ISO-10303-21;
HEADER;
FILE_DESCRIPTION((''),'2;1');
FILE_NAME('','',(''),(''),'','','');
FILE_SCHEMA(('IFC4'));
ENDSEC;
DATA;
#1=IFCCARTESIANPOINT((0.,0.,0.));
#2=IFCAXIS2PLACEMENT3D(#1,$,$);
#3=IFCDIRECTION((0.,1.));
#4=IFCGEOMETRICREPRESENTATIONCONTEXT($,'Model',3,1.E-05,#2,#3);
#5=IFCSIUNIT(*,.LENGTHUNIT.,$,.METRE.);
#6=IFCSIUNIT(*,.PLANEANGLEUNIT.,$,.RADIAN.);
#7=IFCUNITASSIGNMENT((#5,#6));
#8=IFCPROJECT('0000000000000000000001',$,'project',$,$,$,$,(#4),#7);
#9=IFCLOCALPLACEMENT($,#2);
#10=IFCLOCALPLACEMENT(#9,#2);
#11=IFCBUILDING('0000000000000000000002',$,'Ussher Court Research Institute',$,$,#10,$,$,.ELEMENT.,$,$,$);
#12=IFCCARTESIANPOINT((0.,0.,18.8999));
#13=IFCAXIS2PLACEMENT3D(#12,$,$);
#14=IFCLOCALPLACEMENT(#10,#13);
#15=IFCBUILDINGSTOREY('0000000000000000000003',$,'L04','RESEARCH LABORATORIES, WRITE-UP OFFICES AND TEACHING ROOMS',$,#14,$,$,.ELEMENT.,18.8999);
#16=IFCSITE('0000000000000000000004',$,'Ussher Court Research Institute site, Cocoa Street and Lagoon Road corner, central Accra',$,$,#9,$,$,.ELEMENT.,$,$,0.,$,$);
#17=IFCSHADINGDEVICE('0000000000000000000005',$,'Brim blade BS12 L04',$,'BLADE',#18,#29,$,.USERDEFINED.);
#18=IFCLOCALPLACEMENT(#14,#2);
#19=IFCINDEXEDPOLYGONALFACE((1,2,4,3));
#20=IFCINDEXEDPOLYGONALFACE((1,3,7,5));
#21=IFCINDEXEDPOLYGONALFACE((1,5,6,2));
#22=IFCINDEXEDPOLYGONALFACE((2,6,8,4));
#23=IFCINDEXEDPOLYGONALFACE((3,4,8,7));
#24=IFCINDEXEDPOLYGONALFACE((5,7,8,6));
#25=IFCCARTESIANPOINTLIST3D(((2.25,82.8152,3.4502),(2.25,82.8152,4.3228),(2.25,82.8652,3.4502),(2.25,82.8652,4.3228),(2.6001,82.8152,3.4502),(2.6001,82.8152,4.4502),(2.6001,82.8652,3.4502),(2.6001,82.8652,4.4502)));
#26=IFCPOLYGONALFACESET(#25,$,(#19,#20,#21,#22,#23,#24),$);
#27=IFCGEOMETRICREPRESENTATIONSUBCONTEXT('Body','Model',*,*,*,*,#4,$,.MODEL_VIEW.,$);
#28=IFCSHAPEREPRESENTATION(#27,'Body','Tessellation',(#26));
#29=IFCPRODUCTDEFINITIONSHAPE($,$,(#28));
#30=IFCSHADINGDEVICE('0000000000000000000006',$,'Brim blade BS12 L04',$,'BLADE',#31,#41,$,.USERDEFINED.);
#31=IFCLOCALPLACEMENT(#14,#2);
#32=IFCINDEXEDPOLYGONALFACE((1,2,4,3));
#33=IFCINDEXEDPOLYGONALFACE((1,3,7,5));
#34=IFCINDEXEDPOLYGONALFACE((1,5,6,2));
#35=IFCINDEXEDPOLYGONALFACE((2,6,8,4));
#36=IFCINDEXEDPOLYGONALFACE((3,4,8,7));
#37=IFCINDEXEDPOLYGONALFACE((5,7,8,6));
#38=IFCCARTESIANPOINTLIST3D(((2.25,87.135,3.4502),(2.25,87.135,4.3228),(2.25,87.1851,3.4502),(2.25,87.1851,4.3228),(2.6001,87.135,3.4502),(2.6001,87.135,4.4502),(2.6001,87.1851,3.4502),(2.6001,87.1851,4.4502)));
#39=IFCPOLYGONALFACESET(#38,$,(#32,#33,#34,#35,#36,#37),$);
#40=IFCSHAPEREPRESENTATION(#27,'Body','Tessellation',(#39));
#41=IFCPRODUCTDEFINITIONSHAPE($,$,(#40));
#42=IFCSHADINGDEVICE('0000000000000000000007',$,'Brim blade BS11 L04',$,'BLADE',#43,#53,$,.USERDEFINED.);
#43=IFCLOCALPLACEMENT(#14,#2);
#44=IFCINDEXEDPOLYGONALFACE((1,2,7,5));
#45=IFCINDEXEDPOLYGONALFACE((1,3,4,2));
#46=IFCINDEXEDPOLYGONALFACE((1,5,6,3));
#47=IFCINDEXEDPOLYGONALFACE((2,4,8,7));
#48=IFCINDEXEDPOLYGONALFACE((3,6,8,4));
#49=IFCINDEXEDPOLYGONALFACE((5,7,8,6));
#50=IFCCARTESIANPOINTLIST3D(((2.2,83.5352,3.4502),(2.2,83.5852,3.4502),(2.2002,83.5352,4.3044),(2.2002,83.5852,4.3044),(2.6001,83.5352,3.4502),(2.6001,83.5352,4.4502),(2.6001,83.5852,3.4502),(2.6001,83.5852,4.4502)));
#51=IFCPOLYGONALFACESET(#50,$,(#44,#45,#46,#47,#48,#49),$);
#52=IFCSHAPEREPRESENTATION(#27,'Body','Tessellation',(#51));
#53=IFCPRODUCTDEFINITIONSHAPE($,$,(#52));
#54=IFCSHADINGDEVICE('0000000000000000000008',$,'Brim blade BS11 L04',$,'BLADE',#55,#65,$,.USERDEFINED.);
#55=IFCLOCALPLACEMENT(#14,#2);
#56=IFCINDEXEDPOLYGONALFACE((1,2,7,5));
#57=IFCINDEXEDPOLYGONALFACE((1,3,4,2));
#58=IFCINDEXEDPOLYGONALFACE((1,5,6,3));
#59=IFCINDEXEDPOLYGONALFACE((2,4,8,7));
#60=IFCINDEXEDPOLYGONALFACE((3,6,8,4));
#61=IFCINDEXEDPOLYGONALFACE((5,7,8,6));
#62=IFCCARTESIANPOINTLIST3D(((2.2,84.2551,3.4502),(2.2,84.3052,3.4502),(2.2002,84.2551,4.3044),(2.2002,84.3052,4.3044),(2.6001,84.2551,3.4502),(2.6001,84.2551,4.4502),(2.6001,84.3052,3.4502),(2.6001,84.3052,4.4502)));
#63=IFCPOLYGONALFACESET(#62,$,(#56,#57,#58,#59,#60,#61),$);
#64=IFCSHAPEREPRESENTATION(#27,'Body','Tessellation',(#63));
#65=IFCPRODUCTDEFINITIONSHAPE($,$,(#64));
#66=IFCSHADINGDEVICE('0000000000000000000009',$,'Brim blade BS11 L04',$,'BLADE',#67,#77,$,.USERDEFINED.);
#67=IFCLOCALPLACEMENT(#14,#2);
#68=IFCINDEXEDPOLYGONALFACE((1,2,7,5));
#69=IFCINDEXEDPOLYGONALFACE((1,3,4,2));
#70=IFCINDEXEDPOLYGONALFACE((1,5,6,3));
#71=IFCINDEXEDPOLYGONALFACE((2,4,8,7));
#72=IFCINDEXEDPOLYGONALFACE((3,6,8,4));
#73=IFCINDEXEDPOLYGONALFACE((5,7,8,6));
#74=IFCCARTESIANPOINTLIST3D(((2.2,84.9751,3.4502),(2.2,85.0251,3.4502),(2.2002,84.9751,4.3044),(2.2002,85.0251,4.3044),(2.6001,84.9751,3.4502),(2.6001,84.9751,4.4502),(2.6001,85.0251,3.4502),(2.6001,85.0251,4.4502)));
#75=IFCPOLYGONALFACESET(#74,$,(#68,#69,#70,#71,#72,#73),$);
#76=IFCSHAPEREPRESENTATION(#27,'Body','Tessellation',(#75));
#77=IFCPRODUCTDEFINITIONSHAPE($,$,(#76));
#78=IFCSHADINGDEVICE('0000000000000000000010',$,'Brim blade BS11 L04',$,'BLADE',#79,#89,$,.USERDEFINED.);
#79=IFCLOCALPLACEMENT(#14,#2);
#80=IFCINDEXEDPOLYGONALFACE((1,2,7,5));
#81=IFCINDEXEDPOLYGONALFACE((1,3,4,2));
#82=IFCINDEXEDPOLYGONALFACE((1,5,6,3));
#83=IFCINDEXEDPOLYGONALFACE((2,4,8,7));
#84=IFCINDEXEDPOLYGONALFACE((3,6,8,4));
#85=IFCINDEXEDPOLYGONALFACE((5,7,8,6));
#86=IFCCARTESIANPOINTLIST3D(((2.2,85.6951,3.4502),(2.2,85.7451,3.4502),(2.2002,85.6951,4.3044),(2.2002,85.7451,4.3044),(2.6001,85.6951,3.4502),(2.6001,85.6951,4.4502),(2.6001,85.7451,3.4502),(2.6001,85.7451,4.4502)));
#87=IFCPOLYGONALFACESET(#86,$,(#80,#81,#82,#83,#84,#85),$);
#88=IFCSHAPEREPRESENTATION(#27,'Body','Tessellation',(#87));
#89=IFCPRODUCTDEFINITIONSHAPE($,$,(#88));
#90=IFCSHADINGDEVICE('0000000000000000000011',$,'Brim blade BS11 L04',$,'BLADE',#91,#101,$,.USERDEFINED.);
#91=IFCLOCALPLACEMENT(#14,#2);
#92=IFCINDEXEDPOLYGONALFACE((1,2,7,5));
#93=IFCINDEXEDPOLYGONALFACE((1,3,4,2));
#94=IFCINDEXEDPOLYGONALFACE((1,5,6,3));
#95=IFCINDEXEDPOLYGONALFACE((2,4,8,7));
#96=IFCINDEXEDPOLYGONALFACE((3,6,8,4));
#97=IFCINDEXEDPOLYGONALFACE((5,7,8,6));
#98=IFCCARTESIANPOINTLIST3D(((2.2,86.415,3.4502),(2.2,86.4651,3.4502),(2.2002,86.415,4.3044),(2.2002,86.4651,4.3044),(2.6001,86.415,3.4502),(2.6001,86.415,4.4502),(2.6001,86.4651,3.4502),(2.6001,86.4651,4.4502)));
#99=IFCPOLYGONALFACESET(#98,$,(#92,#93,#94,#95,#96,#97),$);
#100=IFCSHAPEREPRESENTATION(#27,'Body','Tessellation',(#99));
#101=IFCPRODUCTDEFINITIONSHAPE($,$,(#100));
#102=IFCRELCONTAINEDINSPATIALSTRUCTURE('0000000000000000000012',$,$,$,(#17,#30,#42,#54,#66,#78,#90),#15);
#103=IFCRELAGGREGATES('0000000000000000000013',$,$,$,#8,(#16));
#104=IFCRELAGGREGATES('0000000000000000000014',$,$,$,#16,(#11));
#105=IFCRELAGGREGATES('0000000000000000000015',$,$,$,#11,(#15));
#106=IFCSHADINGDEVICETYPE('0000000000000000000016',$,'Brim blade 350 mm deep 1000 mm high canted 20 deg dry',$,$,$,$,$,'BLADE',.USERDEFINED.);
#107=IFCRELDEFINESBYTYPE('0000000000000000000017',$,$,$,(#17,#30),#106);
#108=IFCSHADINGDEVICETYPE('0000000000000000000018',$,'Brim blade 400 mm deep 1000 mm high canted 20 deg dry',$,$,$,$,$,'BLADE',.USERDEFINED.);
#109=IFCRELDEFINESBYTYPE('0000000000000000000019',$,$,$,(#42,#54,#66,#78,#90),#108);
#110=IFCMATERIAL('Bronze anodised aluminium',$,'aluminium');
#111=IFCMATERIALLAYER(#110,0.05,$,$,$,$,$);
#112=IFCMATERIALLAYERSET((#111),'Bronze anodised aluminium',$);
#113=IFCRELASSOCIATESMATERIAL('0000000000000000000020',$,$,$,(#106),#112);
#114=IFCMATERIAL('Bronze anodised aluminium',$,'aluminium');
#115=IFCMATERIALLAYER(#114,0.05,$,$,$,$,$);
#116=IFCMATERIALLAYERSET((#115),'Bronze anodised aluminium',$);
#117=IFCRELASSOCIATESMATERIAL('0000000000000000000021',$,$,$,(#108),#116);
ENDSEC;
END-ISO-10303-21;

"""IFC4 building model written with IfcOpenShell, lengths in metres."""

from ifc_helpers import new_model, si_unit, direction, frame, origin, place, context, subcontext, project, spatial, polyline, outline, extrude, material, layer, layer_set, type_object, element, save


model = new_model("IFC4")

# Units and contexts
model_context = context("Model", 3, precision=1e-05, world=origin(), true_north=direction((0.0, 1.0)))
body_context = subcontext(model_context, "Body", "Model", "MODEL_VIEW")
ifc_project = project(units=[si_unit("LENGTHUNIT", "METRE"), si_unit("PLANEANGLEUNIT", "RADIAN")], contexts=[model_context])

# Site, building, storey
site_placement = place(None, origin())
site = spatial("IfcSite", under=ifc_project, at=site_placement, Name="Ussher Court Research Institute site, Cocoa Street and Lagoon Road corner, central Accra", CompositionType="ELEMENT", RefElevation=0.0)
building_placement = place(site_placement, origin())
building = spatial("IfcBuilding", under=site, at=building_placement, Name="Ussher Court Research Institute", CompositionType="ELEMENT")
storey_placement = place(building_placement, frame((0.0, 0.0, 18.8999)))
storey = spatial("IfcBuildingStorey", under=building, at=storey_placement, Name="L04", Description="RESEARCH LABORATORIES, WRITE-UP OFFICES AND TEACHING ROOMS", CompositionType="ELEMENT", Elevation=18.8999)

# Shading devices
ifc_material_1 = material(Name="Bronze anodised aluminium", Category="aluminium")
ifc_layer_1 = layer(ifc_material_1, 0.05)
ifc_layer_set_1 = layer_set([ifc_layer_1], Name="Bronze anodised aluminium")
shading_device_type_1 = type_object("IfcShadingDeviceType", Name="Brim blade 350 mm deep 1000 mm high canted 20 deg dry", ElementType="BLADE", PredefinedType="USERDEFINED", material=ifc_layer_set_1)
for number, where, z_axis, x_axis, name in (
    (1, (2.6001, 82.8401, 3.4502), (0.0, 0.0, 1.0), (-1.0, 0.0, 0.0), "Brim blade BS12 L04"),
    (2, (2.6001, 87.1599, 3.4502), (0.0, 0.0, 1.0), (-1.0, 0.0, 0.0), "Brim blade BS12 L04"),
):
    element("IfcShadingDevice", number, at=place(storey_placement, frame(where, z_axis=z_axis, x_axis=x_axis)), inside=storey, type_object=shading_device_type_1, Name=name, ObjectType="BLADE", PredefinedType="USERDEFINED", context=body_context, shape_type="SweptSolid", body=[
        extrude(outline(polyline([(0.0, 0.0), (0.3501, 0.0), (0.3501, 0.8726), (0.0, 1.0), (0.0, 0.0)])), frame((0.0, 0.0249, 0.0), z_axis=(0.0, -1.0, 0.0), x_axis=(1.0, 0.0, 0.0)), (0.0, 0.0, 1.0), 0.05),
    ])
ifc_material_2 = material(Name="Bronze anodised aluminium", Category="aluminium")
ifc_layer_2 = layer(ifc_material_2, 0.05)
ifc_layer_set_2 = layer_set([ifc_layer_2], Name="Bronze anodised aluminium")
shading_device_type_2 = type_object("IfcShadingDeviceType", Name="Brim blade 400 mm deep 1000 mm high canted 20 deg dry", ElementType="BLADE", PredefinedType="USERDEFINED", material=ifc_layer_set_2)
for number, where, z_axis, x_axis, name in (
    (3, (2.6001, 83.5601, 3.4502), (0.0, 0.0, 1.0), (-1.0, 0.0, 0.0), "Brim blade BS11 L04"),
    (4, (2.6001, 84.28, 3.4502), (0.0, 0.0, 1.0), (-1.0, 0.0, 0.0), "Brim blade BS11 L04"),
    (5, (2.6001, 85.0, 3.4502), (0.0, 0.0, 1.0), (-1.0, 0.0, 0.0), "Brim blade BS11 L04"),
    (6, (2.6001, 85.72, 3.4502), (0.0, 0.0, 1.0), (-1.0, 0.0, 0.0), "Brim blade BS11 L04"),
    (7, (2.6001, 86.4399, 3.4502), (0.0, 0.0, 1.0), (-1.0, 0.0, 0.0), "Brim blade BS11 L04"),
):
    element("IfcShadingDevice", number, at=place(storey_placement, frame(where, z_axis=z_axis, x_axis=x_axis)), inside=storey, type_object=shading_device_type_2, Name=name, ObjectType="BLADE", PredefinedType="USERDEFINED", context=body_context, shape_type="SweptSolid", body=[
        extrude(outline(polyline([(0.0, 0.0), (0.4001, 0.0), (0.3999, 0.8542), (0.0, 1.0), (0.0, 0.0)])), frame((0.0, 0.0249, 0.0), z_axis=(0.0, -1.0, 0.0), x_axis=(1.0, 0.0, 0.0)), (0.0, 0.0, 1.0), 0.05),
    ])

save(model, "model.ifc")
